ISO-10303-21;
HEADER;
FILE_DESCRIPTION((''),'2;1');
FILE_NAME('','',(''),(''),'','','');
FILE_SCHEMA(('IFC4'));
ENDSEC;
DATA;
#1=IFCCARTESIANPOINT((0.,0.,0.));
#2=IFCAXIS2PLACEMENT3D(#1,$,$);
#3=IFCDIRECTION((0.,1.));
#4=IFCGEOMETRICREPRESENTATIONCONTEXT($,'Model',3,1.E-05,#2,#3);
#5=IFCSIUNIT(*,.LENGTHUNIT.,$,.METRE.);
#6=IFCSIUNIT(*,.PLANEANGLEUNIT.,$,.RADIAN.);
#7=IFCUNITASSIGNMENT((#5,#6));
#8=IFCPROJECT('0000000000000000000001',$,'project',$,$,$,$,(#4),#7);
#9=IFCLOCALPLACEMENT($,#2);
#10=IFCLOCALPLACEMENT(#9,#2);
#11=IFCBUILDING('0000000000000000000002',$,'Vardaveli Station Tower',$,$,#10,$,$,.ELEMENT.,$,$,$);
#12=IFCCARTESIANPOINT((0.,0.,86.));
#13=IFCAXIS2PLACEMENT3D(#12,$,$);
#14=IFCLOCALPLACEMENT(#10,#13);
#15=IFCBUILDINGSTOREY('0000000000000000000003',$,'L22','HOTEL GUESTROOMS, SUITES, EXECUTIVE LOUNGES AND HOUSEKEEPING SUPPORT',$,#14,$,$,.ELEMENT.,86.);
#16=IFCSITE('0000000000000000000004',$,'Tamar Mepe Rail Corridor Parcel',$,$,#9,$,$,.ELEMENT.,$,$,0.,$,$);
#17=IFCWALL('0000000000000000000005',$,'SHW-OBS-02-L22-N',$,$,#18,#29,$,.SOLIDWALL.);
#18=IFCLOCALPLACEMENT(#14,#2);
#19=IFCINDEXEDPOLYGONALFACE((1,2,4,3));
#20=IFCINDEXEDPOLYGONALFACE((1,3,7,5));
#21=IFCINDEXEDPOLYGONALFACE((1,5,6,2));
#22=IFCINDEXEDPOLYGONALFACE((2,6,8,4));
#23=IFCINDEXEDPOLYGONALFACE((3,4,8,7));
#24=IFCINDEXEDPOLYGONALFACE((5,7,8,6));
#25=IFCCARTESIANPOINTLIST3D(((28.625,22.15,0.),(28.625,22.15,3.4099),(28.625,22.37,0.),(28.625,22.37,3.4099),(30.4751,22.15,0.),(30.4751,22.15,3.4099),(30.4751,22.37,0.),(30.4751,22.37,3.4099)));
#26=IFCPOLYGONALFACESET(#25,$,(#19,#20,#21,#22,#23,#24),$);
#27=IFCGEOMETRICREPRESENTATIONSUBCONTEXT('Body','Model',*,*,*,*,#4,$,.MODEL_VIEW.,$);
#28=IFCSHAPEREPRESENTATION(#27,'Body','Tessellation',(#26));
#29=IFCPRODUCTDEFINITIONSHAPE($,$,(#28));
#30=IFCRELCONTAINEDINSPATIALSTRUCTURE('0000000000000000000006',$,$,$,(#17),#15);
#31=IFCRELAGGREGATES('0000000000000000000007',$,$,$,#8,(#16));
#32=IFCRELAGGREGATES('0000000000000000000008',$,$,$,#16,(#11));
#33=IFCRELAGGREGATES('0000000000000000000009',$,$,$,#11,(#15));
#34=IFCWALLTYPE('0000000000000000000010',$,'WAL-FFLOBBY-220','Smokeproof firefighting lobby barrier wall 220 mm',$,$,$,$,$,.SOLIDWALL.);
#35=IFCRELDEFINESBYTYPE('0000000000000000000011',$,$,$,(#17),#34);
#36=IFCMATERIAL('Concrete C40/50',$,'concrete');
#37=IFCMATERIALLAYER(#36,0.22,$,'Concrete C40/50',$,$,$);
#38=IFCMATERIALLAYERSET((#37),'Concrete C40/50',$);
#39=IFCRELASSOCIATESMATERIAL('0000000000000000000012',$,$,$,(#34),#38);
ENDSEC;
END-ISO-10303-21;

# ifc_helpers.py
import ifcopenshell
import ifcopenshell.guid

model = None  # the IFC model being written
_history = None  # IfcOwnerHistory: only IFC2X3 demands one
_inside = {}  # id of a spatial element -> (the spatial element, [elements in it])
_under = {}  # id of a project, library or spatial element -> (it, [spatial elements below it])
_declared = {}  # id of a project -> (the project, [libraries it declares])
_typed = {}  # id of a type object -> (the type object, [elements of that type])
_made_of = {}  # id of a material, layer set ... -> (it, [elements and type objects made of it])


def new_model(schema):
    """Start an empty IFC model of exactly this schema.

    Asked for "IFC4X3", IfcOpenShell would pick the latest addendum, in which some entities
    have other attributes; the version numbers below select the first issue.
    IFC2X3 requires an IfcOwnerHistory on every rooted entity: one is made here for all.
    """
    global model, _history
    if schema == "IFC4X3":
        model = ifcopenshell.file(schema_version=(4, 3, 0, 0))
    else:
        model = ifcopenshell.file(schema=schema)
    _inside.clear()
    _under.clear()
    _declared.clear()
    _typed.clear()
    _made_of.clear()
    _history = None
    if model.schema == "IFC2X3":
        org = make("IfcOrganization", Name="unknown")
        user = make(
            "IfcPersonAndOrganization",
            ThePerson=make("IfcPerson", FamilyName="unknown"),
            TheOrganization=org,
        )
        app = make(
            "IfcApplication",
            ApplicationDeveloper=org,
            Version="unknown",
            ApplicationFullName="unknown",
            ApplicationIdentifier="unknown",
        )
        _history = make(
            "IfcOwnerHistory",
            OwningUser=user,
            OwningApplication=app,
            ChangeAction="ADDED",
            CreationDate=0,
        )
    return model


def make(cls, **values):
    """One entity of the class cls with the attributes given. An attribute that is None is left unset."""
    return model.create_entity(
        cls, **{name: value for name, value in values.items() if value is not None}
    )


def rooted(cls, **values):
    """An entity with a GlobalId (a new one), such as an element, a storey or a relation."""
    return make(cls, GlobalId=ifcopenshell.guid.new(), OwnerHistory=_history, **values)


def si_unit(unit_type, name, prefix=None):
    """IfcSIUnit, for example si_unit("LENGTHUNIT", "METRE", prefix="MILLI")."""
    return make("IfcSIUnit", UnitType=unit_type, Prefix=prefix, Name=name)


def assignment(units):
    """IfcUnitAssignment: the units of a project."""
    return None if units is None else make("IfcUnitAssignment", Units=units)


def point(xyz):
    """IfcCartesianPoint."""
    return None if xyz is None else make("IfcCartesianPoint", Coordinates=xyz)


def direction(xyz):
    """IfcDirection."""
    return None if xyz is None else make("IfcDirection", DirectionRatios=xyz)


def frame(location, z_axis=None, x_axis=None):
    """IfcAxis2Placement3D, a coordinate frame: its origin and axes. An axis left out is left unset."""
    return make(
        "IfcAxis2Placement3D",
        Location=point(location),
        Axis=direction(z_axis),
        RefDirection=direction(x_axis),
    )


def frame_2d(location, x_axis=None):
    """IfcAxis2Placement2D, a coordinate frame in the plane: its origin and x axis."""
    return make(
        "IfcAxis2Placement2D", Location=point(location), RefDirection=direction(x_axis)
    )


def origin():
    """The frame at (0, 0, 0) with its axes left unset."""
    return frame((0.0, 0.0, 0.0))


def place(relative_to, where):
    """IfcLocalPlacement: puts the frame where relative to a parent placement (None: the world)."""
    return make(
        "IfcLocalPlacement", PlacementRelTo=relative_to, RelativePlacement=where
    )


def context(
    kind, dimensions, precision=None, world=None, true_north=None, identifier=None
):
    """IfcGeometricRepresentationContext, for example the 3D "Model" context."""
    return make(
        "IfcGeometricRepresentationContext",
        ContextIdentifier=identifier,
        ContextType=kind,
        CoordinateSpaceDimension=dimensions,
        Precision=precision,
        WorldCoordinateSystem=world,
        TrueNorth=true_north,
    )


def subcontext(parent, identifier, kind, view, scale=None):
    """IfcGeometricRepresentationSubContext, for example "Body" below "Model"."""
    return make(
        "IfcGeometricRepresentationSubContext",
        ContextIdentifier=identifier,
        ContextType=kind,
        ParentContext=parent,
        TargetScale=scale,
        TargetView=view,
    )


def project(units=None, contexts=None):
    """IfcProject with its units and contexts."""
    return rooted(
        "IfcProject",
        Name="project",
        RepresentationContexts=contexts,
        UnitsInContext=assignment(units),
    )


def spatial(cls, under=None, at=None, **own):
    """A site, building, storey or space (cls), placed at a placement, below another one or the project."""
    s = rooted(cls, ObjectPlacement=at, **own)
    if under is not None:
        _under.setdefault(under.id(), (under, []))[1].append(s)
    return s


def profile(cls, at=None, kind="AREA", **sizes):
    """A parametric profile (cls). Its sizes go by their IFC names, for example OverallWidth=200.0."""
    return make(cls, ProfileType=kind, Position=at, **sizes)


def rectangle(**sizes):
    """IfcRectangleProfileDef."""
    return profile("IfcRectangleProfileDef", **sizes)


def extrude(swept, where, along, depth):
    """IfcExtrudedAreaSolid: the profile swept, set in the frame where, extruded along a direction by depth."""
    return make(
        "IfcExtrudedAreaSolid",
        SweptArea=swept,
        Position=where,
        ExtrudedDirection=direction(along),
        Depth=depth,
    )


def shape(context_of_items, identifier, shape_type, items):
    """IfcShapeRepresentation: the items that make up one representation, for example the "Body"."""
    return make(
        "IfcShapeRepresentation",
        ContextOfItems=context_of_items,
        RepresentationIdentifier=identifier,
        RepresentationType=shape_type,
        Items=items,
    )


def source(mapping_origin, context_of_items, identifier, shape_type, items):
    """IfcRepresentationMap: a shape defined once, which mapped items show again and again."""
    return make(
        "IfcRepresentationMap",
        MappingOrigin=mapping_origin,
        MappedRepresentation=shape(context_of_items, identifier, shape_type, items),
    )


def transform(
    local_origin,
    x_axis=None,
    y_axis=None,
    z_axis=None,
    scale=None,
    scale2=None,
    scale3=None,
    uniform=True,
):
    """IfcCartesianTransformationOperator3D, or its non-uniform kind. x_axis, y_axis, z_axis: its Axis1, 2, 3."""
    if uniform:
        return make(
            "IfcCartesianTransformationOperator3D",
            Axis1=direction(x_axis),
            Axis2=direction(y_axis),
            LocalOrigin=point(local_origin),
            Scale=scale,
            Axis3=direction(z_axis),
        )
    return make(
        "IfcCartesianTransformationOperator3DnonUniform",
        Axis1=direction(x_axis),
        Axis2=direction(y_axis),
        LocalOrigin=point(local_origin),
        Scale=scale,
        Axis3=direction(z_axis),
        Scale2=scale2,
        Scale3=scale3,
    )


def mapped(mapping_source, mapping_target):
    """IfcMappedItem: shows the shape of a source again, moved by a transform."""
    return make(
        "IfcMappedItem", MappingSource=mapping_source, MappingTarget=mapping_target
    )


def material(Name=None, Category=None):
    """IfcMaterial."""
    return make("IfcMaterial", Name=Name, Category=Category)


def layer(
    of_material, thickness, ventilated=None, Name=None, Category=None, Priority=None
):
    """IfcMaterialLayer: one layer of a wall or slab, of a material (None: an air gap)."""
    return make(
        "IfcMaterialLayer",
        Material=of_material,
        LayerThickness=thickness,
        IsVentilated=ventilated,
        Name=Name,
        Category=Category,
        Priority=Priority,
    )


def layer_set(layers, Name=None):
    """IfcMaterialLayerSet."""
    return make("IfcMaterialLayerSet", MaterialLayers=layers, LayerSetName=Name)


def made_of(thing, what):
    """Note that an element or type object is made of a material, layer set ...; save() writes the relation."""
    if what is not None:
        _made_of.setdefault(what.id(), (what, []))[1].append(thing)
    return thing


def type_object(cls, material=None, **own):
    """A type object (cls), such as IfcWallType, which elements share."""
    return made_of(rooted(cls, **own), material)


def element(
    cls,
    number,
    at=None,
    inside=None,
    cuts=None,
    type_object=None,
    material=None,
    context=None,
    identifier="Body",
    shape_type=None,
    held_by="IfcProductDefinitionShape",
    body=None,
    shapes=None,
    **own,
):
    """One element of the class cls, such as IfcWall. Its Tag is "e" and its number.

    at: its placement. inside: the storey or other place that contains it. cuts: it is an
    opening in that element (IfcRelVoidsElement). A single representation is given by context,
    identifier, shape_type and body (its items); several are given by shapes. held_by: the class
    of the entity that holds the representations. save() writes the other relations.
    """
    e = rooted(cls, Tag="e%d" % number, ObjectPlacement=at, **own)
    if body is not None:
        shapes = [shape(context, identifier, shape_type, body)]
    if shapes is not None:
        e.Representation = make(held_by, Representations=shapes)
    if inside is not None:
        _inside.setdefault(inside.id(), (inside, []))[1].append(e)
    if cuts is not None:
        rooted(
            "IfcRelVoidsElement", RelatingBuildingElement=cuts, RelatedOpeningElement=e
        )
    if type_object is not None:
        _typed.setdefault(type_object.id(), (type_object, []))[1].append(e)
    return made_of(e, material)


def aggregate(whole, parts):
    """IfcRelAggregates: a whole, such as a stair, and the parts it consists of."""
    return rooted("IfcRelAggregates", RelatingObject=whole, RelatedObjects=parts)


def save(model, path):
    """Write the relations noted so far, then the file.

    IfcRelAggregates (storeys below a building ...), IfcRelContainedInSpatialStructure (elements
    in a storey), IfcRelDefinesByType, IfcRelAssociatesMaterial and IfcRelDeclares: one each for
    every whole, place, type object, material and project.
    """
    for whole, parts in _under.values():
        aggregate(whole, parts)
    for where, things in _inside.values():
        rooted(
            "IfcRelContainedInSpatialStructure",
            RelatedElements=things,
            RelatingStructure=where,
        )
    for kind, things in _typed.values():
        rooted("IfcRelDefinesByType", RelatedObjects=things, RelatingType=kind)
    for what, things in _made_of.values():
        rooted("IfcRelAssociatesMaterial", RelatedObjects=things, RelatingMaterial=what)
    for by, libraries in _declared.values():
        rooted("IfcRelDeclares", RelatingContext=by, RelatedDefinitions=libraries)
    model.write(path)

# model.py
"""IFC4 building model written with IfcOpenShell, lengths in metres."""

from ifc_helpers import new_model, si_unit, direction, frame, frame_2d, origin, place, context, subcontext, project, spatial, rectangle, extrude, source, transform, mapped, material, layer, layer_set, type_object, element, save


model = new_model("IFC4")

# Units and contexts
model_context = context("Model", 3, precision=1e-05, world=origin(), true_north=direction((0.0, 1.0)))
body_context = subcontext(model_context, "Body", "Model", "MODEL_VIEW")
ifc_project = project(units=[si_unit("LENGTHUNIT", "METRE"), si_unit("PLANEANGLEUNIT", "RADIAN")], contexts=[model_context])

# Site, building, storey
site_placement = place(None, origin())
site = spatial("IfcSite", under=ifc_project, at=site_placement, Name="Tamar Mepe Rail Corridor Parcel", CompositionType="ELEMENT", RefElevation=0.0)
building_placement = place(site_placement, origin())
building = spatial("IfcBuilding", under=site, at=building_placement, Name="Vardaveli Station Tower", CompositionType="ELEMENT")
storey_placement = place(building_placement, frame((0.0, 0.0, 86.0)))
storey = spatial("IfcBuildingStorey", under=building, at=storey_placement, Name="L22", Description="HOTEL GUESTROOMS, SUITES, EXECUTIVE LOUNGES AND HOUSEKEEPING SUPPORT", CompositionType="ELEMENT", Elevation=86.0)

# Shared definitions
ifc_material_1 = material(Name="Concrete C40/50", Category="concrete")
ifc_layer = layer(ifc_material_1, 0.22, Name="Concrete C40/50")
ifc_layer_set = layer_set([ifc_layer], Name="Concrete C40/50")
wall_type = type_object("IfcWallType", Name="WAL-FFLOBBY-220", Description="Smokeproof firefighting lobby barrier wall 220 mm", PredefinedType="SOLIDWALL", material=ifc_layer_set)

# Wall
shared_shape_1 = source(origin(), body_context, "Body", "SweptSolid", [
    extrude(rectangle(XDim=1.8501, YDim=0.22, at=frame_2d((0.925, 0.0))), origin(), (0.0, 0.0, 1.0), 3.4099),
])
wall_1_placement = place(storey_placement, frame((28.625, 22.26, 0.0), z_axis=(0.0, 0.0, 1.0), x_axis=(1.0, 0.0, 0.0)))
element("IfcWall", 1, at=wall_1_placement, inside=storey, type_object=wall_type, Name="SHW-OBS-02-L22-N", PredefinedType="SOLIDWALL", context=body_context, shape_type="MappedRepresentation", body=[
    mapped(shared_shape_1, transform((0.0, 0.0, 0.0), scale=1.0)),
])

save(model, "model.ifc")
